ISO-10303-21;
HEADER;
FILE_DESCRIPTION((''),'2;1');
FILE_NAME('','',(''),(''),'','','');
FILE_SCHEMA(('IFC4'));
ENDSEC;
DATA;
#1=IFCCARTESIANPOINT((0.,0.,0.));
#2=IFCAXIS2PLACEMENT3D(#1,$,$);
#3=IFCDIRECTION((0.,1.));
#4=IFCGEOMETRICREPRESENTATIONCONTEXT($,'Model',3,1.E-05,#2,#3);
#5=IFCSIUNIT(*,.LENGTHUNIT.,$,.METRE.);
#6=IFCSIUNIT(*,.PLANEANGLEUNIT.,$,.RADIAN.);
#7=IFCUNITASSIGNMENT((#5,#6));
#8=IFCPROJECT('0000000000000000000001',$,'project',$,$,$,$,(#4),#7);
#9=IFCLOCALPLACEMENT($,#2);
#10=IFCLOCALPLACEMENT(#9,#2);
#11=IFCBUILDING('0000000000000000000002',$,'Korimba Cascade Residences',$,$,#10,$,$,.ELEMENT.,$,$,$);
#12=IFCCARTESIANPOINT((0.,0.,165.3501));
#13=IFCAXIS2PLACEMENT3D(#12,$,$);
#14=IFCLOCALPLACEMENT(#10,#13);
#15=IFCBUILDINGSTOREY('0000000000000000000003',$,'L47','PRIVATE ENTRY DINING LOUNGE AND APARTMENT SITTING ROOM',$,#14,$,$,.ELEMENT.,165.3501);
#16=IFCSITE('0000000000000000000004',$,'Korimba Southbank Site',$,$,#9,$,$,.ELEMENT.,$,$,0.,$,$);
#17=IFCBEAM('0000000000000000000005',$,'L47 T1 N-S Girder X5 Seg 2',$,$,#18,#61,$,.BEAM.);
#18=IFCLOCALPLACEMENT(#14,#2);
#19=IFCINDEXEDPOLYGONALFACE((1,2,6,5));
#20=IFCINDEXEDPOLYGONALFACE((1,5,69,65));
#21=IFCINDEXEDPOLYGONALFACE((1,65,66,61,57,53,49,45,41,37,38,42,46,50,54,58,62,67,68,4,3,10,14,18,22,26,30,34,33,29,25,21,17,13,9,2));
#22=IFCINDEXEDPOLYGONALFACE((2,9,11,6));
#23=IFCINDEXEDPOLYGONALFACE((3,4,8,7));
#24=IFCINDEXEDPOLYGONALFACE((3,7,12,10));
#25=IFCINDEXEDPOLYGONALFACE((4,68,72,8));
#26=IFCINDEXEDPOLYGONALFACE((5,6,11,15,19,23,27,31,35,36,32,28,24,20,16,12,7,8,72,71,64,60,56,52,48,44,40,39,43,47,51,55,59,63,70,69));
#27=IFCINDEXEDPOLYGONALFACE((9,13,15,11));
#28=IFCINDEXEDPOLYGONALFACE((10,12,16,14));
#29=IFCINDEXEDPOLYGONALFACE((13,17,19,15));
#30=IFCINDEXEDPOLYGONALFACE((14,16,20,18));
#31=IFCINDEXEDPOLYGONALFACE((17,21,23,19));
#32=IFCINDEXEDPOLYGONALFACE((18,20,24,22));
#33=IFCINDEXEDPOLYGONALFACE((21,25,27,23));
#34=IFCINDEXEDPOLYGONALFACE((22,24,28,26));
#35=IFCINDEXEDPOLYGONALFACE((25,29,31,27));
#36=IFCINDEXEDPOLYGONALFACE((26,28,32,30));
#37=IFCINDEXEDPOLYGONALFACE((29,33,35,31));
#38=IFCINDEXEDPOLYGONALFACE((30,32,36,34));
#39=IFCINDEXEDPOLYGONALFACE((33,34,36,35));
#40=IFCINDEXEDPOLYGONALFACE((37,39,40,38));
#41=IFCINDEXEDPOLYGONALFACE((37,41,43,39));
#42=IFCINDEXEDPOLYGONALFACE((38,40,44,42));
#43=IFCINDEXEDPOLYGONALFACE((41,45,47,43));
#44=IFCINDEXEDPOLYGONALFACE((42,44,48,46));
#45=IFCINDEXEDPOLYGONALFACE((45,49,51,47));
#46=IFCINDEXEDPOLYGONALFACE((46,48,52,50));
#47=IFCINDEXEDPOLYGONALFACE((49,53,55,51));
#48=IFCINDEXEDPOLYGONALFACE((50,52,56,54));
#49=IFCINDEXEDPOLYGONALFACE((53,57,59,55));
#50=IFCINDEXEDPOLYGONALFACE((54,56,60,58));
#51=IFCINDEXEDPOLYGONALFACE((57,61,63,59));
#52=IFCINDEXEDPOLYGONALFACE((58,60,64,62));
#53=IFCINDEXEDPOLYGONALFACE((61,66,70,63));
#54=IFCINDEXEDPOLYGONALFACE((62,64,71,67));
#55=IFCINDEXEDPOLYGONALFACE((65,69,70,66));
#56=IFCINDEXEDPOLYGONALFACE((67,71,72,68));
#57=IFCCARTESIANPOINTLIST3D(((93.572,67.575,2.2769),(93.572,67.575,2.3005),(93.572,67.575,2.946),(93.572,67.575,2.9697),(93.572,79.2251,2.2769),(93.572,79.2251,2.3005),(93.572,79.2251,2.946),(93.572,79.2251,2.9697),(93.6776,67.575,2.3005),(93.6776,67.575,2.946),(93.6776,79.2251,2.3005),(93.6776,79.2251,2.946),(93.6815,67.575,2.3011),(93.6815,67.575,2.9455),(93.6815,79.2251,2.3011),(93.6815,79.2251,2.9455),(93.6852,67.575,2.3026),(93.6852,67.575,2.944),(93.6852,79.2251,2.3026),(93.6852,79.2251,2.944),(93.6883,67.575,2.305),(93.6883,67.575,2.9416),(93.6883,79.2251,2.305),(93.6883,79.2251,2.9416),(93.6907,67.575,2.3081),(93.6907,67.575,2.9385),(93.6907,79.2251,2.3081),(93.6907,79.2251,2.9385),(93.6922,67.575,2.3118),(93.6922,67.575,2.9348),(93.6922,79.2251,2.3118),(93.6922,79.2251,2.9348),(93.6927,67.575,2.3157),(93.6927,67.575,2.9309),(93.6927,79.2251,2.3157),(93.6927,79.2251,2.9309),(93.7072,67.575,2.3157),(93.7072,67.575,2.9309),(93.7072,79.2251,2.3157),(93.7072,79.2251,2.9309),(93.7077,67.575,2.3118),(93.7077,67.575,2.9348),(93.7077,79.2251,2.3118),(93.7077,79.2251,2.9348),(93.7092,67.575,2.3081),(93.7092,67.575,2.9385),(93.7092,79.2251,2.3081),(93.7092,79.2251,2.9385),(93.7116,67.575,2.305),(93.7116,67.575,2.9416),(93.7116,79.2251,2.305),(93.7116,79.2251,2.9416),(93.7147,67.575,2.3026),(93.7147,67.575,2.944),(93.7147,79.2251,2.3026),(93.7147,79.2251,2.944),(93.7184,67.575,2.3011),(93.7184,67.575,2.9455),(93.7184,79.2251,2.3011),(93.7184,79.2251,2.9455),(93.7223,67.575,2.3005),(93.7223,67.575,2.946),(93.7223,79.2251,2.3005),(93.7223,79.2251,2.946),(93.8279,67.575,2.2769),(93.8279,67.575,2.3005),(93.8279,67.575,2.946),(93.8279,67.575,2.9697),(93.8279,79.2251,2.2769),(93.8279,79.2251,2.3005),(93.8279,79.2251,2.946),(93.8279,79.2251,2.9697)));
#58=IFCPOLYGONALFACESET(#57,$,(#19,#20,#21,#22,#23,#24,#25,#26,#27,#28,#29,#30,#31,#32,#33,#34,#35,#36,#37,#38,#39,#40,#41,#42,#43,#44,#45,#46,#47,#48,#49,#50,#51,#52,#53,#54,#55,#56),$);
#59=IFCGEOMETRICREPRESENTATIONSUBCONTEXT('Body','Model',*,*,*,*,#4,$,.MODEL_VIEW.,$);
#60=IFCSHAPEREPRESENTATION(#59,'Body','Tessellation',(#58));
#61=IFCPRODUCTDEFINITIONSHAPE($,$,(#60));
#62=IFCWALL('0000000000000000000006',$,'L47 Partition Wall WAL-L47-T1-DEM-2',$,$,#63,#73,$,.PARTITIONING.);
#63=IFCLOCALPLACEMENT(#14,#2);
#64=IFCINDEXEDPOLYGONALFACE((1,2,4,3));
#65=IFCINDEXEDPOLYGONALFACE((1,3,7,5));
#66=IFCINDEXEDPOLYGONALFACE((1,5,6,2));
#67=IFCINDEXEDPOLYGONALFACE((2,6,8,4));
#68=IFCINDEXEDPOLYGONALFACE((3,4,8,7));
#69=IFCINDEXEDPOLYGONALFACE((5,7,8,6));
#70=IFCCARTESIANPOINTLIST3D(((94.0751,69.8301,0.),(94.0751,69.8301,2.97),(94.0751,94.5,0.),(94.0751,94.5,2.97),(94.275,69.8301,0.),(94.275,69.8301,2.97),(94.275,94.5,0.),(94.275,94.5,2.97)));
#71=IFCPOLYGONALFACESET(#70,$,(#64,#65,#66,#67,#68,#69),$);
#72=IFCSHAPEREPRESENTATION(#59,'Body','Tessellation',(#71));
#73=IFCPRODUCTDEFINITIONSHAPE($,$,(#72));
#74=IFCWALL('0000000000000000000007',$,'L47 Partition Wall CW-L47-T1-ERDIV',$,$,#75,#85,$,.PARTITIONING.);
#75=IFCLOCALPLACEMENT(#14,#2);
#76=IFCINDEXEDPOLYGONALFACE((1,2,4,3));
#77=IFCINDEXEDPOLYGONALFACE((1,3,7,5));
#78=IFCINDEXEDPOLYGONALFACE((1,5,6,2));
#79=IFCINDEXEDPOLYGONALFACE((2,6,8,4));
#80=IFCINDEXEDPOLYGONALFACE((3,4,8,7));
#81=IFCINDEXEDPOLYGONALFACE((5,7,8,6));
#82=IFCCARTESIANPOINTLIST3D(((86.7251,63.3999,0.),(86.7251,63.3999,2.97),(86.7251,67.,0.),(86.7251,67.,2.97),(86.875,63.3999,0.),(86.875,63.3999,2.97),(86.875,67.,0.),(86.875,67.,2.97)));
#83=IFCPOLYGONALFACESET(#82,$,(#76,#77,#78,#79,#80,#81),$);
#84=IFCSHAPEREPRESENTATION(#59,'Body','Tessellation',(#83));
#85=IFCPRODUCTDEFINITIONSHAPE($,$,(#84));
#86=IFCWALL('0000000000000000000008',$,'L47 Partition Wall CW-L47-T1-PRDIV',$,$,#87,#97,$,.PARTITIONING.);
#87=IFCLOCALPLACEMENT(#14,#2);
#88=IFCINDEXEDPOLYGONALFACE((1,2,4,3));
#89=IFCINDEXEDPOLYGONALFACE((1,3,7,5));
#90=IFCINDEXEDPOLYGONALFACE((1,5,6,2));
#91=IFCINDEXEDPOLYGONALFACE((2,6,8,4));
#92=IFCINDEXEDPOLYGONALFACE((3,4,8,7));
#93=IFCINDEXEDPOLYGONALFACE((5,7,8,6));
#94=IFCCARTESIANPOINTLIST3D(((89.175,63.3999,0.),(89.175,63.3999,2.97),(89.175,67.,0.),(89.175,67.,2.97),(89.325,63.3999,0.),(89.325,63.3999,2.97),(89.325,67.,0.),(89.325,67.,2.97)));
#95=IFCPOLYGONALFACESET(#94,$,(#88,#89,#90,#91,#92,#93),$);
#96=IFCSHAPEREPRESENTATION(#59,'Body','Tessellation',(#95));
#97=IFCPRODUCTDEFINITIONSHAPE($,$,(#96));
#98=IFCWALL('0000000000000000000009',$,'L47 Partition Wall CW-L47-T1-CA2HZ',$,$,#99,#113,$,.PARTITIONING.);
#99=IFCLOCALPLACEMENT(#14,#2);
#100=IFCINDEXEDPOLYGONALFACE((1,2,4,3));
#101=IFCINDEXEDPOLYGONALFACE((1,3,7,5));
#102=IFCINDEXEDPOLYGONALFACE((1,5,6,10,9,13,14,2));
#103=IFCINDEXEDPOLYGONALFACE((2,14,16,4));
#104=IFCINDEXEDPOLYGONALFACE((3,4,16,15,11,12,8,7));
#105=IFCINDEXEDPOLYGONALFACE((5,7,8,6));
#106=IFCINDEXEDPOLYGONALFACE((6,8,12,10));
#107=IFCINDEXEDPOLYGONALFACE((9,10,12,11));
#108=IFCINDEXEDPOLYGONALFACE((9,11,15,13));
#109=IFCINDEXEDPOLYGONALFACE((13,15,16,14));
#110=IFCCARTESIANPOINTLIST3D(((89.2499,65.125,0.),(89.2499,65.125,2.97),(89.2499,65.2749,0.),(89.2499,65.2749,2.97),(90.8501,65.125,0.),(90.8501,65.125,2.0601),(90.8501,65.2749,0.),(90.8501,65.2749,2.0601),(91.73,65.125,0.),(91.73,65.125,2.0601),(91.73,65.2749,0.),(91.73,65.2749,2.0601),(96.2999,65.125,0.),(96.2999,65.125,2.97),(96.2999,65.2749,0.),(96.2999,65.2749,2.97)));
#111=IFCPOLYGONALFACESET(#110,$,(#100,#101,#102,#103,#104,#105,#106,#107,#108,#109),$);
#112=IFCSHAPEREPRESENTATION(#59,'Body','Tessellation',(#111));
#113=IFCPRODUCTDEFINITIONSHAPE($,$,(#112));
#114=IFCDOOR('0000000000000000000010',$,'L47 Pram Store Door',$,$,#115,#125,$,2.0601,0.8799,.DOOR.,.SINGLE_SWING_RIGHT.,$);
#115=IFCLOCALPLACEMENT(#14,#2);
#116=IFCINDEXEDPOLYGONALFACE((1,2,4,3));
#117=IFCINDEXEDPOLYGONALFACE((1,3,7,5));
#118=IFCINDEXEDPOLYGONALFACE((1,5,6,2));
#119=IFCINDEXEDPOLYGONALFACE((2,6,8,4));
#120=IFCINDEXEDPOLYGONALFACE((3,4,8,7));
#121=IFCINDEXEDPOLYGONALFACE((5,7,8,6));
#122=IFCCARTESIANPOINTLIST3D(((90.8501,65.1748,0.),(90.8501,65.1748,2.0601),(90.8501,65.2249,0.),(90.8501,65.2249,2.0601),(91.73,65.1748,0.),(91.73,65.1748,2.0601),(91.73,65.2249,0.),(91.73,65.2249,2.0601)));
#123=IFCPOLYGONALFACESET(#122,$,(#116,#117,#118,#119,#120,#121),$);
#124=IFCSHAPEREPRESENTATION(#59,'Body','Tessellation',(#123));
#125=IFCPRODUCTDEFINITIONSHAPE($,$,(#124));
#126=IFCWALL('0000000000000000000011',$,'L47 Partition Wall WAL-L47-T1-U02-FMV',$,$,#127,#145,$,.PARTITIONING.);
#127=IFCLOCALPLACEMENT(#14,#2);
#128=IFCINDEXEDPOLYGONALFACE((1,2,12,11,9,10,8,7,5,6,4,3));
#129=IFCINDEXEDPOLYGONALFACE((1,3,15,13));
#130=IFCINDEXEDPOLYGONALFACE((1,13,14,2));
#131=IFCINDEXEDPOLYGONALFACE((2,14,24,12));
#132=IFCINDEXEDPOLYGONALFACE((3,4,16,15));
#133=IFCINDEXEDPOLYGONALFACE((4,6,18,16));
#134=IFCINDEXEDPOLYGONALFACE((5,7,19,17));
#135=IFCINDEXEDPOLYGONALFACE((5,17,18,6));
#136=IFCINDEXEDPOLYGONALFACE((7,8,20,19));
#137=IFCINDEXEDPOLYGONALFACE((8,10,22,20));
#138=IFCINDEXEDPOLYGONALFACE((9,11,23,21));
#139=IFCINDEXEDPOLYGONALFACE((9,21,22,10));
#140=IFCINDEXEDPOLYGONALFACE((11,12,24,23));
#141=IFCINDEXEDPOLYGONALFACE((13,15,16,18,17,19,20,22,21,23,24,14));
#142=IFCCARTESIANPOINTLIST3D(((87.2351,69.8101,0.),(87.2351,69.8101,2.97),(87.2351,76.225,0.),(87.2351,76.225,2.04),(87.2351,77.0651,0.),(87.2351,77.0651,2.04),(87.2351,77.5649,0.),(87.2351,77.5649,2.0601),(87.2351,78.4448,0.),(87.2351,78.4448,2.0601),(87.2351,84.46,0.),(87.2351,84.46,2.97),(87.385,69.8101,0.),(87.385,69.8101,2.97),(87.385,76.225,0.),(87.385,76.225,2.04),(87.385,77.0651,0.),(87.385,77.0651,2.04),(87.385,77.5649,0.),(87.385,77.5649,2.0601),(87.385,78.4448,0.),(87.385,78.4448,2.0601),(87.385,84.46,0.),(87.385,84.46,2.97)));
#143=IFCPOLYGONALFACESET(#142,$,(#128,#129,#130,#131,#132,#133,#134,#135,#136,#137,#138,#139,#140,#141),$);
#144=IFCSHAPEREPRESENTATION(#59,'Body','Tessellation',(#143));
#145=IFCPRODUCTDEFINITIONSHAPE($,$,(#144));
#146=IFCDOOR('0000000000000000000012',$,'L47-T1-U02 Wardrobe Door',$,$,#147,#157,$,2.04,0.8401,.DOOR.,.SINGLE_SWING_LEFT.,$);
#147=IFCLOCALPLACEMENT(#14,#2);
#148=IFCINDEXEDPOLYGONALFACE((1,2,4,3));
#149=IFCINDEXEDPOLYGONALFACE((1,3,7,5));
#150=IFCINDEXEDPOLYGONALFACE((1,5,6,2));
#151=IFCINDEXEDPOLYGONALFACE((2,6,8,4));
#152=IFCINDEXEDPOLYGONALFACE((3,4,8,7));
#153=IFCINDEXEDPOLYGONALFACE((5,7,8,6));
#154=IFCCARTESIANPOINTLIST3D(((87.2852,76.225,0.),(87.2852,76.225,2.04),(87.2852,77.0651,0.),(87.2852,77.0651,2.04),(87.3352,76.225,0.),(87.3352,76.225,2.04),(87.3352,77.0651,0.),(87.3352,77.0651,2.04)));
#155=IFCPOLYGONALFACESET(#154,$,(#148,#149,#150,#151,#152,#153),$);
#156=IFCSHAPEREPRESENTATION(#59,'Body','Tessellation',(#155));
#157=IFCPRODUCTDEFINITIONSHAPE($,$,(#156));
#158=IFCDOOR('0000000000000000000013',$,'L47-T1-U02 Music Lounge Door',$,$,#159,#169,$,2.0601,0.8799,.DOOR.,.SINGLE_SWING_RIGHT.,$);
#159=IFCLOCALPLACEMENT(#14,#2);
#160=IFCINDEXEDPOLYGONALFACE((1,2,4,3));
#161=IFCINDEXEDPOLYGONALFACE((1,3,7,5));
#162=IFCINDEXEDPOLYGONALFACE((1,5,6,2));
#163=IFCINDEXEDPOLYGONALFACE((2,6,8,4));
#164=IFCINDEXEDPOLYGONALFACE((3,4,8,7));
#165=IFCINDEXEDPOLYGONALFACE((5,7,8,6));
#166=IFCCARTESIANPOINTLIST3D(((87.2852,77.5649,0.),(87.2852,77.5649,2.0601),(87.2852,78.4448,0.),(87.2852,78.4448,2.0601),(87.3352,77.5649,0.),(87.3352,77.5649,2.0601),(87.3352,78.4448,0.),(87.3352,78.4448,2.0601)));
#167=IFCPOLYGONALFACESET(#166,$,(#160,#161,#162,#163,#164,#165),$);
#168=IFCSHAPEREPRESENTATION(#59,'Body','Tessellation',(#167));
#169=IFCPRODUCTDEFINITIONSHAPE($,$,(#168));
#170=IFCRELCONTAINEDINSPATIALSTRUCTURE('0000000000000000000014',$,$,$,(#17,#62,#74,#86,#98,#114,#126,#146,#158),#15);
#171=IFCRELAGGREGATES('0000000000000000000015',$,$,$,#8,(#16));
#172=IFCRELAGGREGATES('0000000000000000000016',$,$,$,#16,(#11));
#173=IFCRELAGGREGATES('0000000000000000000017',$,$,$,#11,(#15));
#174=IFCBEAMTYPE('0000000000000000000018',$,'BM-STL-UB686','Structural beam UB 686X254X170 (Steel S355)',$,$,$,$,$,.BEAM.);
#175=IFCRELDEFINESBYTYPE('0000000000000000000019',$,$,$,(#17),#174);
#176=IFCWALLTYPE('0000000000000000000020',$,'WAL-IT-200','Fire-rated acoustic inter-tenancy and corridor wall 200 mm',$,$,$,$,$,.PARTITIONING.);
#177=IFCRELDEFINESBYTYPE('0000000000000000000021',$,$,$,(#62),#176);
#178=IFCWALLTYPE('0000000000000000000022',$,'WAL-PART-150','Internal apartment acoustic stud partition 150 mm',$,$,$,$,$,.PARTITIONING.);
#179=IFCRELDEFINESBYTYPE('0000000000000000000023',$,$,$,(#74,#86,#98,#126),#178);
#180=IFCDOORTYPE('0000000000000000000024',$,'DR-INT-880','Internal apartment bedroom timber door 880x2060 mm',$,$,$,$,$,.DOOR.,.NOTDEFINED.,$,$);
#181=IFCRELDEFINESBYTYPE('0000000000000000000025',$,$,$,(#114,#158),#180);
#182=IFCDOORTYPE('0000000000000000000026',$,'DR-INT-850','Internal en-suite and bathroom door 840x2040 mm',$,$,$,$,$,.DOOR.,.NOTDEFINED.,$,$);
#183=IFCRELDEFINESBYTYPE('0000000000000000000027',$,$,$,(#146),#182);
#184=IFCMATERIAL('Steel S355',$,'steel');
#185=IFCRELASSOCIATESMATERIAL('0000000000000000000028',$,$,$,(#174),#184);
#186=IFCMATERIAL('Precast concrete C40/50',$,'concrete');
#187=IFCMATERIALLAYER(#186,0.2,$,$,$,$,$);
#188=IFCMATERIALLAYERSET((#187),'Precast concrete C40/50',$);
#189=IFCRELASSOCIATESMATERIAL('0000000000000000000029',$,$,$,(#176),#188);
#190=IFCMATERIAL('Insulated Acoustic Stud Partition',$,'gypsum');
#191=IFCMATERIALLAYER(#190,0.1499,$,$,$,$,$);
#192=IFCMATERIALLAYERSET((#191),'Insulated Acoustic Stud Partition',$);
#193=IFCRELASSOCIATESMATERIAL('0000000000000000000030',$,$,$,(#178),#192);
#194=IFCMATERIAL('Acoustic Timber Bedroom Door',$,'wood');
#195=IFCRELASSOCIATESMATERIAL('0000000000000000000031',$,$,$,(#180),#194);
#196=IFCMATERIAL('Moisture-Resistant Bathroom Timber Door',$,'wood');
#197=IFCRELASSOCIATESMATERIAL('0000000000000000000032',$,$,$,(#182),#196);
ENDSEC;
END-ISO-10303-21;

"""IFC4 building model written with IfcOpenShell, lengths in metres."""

from ifc_helpers import new_model, si_unit, direction, frame, frame_2d, origin, origin_2d, place, context, subcontext, project, spatial, rectangle, i_section, extrude, material, layer, layer_set, material_profile, profile_set, type_object, element, fill, save


model = new_model("IFC4")

# Units and contexts
model_context = context("Model", 3, precision=1e-05, world=origin(), true_north=direction((0.0, 1.0)))
body_context = subcontext(model_context, "Body", "Model", "MODEL_VIEW")
ifc_project = project(units=[si_unit("LENGTHUNIT", "METRE"), si_unit("PLANEANGLEUNIT", "RADIAN")], contexts=[model_context])

# Site, building, storey
site_placement = place(None, origin())
site = spatial("IfcSite", under=ifc_project, at=site_placement, Name="Korimba Southbank Site", CompositionType="ELEMENT", RefElevation=0.0)
building_placement = place(site_placement, origin())
building = spatial("IfcBuilding", under=site, at=building_placement, Name="Korimba Cascade Residences", CompositionType="ELEMENT")
storey_placement = place(building_placement, frame((0.0, 0.0, 165.3501)))
storey = spatial("IfcBuildingStorey", under=building, at=storey_placement, Name="L47", Description="PRIVATE ENTRY DINING LOUNGE AND APARTMENT SITTING ROOM", CompositionType="ELEMENT", Elevation=165.3501)

# Beam
ifc_material_1 = material(Name="Steel S355", Category="steel")
ifc_material_profile_1 = material_profile(ifc_material_1, i_section(OverallWidth=0.2559, OverallDepth=0.6929, WebThickness=0.0144, FlangeThickness=0.0237, FilletRadius=0.0151, at=origin_2d()), Name="Steel S355")
ifc_profile_set_1 = profile_set([ifc_material_profile_1], Name="Steel S355")
beam_type = type_object("IfcBeamType", Name="BM-STL-UB686", Description="Structural beam UB 686X254X170 (Steel S355)", PredefinedType="BEAM", material=ifc_profile_set_1)
beam_1_placement = place(storey_placement, frame((93.7, 67.575, 2.6233), z_axis=(0.0, 1.0, 0.0), x_axis=(-1.0, 0.0, 0.0)))
element("IfcBeam", 1, at=beam_1_placement, inside=storey, type_object=beam_type, Name="L47 T1 N-S Girder X5 Seg 2", PredefinedType="BEAM", context=body_context, shape_type="SweptSolid", body=[
    extrude(i_section(OverallWidth=0.2559, OverallDepth=0.6929, WebThickness=0.0144, FlangeThickness=0.0237, FilletRadius=0.0151, at=origin_2d()), origin(), (0.0, 0.0, 1.0), 11.6501),
])

# Walls
ifc_material_2 = material(Name="Precast concrete C40/50", Category="concrete")
ifc_layer_1 = layer(ifc_material_2, 0.2)
ifc_layer_set_1 = layer_set([ifc_layer_1], Name="Precast concrete C40/50")
wall_type_1 = type_object("IfcWallType", Name="WAL-IT-200", Description="Fire-rated acoustic inter-tenancy and corridor wall 200 mm", PredefinedType="PARTITIONING", material=ifc_layer_set_1)
wall_1_placement = place(storey_placement, frame((94.175, 69.8301, 0.0), z_axis=(0.0, 0.0, 1.0), x_axis=(0.0, 1.0, 0.0)))
element("IfcWall", 2, at=wall_1_placement, inside=storey, type_object=wall_type_1, Name="L47 Partition Wall WAL-L47-T1-DEM-2", PredefinedType="PARTITIONING", context=body_context, shape_type="SweptSolid", body=[
    extrude(rectangle(XDim=24.6699, YDim=0.2, at=frame_2d((12.335, 0.0))), origin(), (0.0, 0.0, 1.0), 2.97),
])
ifc_material_3 = material(Name="Insulated Acoustic Stud Partition", Category="gypsum")
ifc_layer_2 = layer(ifc_material_3, 0.1499)
ifc_layer_set_2 = layer_set([ifc_layer_2], Name="Insulated Acoustic Stud Partition")
wall_type_2 = type_object("IfcWallType", Name="WAL-PART-150", Description="Internal apartment acoustic stud partition 150 mm", PredefinedType="PARTITIONING", material=ifc_layer_set_2)
for number, where, z_axis, x_axis, name in (
    (3, (86.8, 63.3999, 0.0), (0.0, 0.0, 1.0), (0.0, 1.0, 0.0), "L47 Partition Wall CW-L47-T1-ERDIV"),
    (4, (89.25, 63.3999, 0.0), (0.0, 0.0, 1.0), (0.0, 1.0, 0.0), "L47 Partition Wall CW-L47-T1-PRDIV"),
):
    element("IfcWall", number, at=place(storey_placement, frame(where, z_axis=z_axis, x_axis=x_axis)), inside=storey, type_object=wall_type_2, Name=name, PredefinedType="PARTITIONING", context=body_context, shape_type="SweptSolid", body=[
        extrude(rectangle(XDim=3.6001, YDim=0.1499, at=frame_2d((1.8, 0.0))), origin(), (0.0, 0.0, 1.0), 2.97),
    ])

# Wall, opening, door
wall_2_placement = place(storey_placement, frame((89.25, 65.2, 0.0), z_axis=(0.0, 0.0, 1.0), x_axis=(1.0, 0.0, 0.0)))
wall_2 = element("IfcWall", 5, at=wall_2_placement, inside=storey, type_object=wall_type_2, Name="L47 Partition Wall CW-L47-T1-CA2HZ", PredefinedType="PARTITIONING", context=body_context, shape_type="SweptSolid", body=[
    extrude(rectangle(XDim=7.05, YDim=0.1499, at=frame_2d((3.5249, 0.0))), origin(), (0.0, 0.0, 1.0), 2.97),
])
opening_1_placement = place(wall_2_placement, frame((1.6001, 0.0, 0.0)))
opening_1 = element("IfcOpeningElement", 6, at=opening_1_placement, cuts=wall_2, PredefinedType="OPENING", context=body_context, shape_type="SweptSolid", body=[
    extrude(rectangle(XDim=0.8799, YDim=2.0601, at=frame_2d((0.4399, 1.03))), frame((0.0, 0.085, 0.0), z_axis=(0.0, -1.0, 0.0), x_axis=(1.0, 0.0, 0.0)), (0.0, 0.0, 1.0), 0.1699),
])
ifc_material_4 = material(Name="Acoustic Timber Bedroom Door", Category="wood")
door_type_1 = type_object("IfcDoorType", Name="DR-INT-880", Description="Internal apartment bedroom timber door 880x2060 mm", OperationType="NOTDEFINED", PredefinedType="DOOR", material=ifc_material_4)
door_1_placement = place(opening_1_placement, origin())
door_1 = element("IfcDoor", 7, at=door_1_placement, inside=storey, type_object=door_type_1, Name="L47 Pram Store Door", OperationType="SINGLE_SWING_RIGHT", OverallHeight=2.0601, OverallWidth=0.8799, PredefinedType="DOOR", context=body_context, shape_type="SweptSolid", body=[
    extrude(rectangle(XDim=0.8799, YDim=2.0601, at=frame_2d((0.4399, 1.03))), frame((0.0, 0.0249, 0.0), z_axis=(0.0, -1.0, 0.0), x_axis=(1.0, 0.0, 0.0)), (0.0, 0.0, 1.0), 0.05),
])
fill(opening_1, door_1)

# Wall, openings, doors
wall_3_placement = place(storey_placement, frame((87.3101, 69.8101, 0.0), z_axis=(0.0, 0.0, 1.0), x_axis=(0.0, 1.0, 0.0)))
wall_3 = element("IfcWall", 8, at=wall_3_placement, inside=storey, type_object=wall_type_2, Name="L47 Partition Wall WAL-L47-T1-U02-FMV", PredefinedType="PARTITIONING", context=body_context, shape_type="SweptSolid", body=[
    extrude(rectangle(XDim=14.6499, YDim=0.1499, at=frame_2d((7.325, 0.0))), origin(), (0.0, 0.0, 1.0), 2.97),
])
opening_2_placement = place(wall_3_placement, frame((6.415, 0.0, 0.0)))
opening_2 = element("IfcOpeningElement", 9, at=opening_2_placement, cuts=wall_3, PredefinedType="OPENING", context=body_context, shape_type="SweptSolid", body=[
    extrude(rectangle(XDim=0.8401, YDim=2.04, at=frame_2d((0.4199, 1.02))), frame((0.0, 0.085, 0.0), z_axis=(0.0, -1.0, 0.0), x_axis=(1.0, 0.0, 0.0)), (0.0, 0.0, 1.0), 0.1699),
])
opening_3_placement = place(wall_3_placement, frame((7.7549, 0.0, 0.0)))
opening_3 = element("IfcOpeningElement", 10, at=opening_3_placement, cuts=wall_3, PredefinedType="OPENING", context=body_context, shape_type="SweptSolid", body=[
    extrude(rectangle(XDim=0.8799, YDim=2.0601, at=frame_2d((0.4399, 1.03))), frame((0.0, 0.085, 0.0), z_axis=(0.0, -1.0, 0.0), x_axis=(1.0, 0.0, 0.0)), (0.0, 0.0, 1.0), 0.1699),
])
ifc_material_5 = material(Name="Moisture-Resistant Bathroom Timber Door", Category="wood")
door_type_2 = type_object("IfcDoorType", Name="DR-INT-850", Description="Internal en-suite and bathroom door 840x2040 mm", OperationType="NOTDEFINED", PredefinedType="DOOR", material=ifc_material_5)
door_2_placement = place(opening_2_placement, origin())
door_2 = element("IfcDoor", 11, at=door_2_placement, inside=storey, type_object=door_type_2, Name="L47-T1-U02 Wardrobe Door", OperationType="SINGLE_SWING_LEFT", OverallHeight=2.04, OverallWidth=0.8401, PredefinedType="DOOR", context=body_context, shape_type="SweptSolid", body=[
    extrude(rectangle(XDim=0.8401, YDim=2.04, at=frame_2d((0.4199, 1.02))), frame((0.0, 0.0249, 0.0), z_axis=(0.0, -1.0, 0.0), x_axis=(1.0, 0.0, 0.0)), (0.0, 0.0, 1.0), 0.05),
])
fill(opening_2, door_2)
door_3_placement = place(opening_3_placement, origin())
door_3 = element("IfcDoor", 12, at=door_3_placement, inside=storey, type_object=door_type_1, Name="L47-T1-U02 Music Lounge Door", OperationType="SINGLE_SWING_RIGHT", OverallHeight=2.0601, OverallWidth=0.8799, PredefinedType="DOOR", context=body_context, shape_type="SweptSolid", body=[
    extrude(rectangle(XDim=0.8799, YDim=2.0601, at=frame_2d((0.4399, 1.03))), frame((0.0, 0.0249, 0.0), z_axis=(0.0, -1.0, 0.0), x_axis=(1.0, 0.0, 0.0)), (0.0, 0.0, 1.0), 0.05),
])
fill(opening_3, door_3)

save(model, "model.ifc")
